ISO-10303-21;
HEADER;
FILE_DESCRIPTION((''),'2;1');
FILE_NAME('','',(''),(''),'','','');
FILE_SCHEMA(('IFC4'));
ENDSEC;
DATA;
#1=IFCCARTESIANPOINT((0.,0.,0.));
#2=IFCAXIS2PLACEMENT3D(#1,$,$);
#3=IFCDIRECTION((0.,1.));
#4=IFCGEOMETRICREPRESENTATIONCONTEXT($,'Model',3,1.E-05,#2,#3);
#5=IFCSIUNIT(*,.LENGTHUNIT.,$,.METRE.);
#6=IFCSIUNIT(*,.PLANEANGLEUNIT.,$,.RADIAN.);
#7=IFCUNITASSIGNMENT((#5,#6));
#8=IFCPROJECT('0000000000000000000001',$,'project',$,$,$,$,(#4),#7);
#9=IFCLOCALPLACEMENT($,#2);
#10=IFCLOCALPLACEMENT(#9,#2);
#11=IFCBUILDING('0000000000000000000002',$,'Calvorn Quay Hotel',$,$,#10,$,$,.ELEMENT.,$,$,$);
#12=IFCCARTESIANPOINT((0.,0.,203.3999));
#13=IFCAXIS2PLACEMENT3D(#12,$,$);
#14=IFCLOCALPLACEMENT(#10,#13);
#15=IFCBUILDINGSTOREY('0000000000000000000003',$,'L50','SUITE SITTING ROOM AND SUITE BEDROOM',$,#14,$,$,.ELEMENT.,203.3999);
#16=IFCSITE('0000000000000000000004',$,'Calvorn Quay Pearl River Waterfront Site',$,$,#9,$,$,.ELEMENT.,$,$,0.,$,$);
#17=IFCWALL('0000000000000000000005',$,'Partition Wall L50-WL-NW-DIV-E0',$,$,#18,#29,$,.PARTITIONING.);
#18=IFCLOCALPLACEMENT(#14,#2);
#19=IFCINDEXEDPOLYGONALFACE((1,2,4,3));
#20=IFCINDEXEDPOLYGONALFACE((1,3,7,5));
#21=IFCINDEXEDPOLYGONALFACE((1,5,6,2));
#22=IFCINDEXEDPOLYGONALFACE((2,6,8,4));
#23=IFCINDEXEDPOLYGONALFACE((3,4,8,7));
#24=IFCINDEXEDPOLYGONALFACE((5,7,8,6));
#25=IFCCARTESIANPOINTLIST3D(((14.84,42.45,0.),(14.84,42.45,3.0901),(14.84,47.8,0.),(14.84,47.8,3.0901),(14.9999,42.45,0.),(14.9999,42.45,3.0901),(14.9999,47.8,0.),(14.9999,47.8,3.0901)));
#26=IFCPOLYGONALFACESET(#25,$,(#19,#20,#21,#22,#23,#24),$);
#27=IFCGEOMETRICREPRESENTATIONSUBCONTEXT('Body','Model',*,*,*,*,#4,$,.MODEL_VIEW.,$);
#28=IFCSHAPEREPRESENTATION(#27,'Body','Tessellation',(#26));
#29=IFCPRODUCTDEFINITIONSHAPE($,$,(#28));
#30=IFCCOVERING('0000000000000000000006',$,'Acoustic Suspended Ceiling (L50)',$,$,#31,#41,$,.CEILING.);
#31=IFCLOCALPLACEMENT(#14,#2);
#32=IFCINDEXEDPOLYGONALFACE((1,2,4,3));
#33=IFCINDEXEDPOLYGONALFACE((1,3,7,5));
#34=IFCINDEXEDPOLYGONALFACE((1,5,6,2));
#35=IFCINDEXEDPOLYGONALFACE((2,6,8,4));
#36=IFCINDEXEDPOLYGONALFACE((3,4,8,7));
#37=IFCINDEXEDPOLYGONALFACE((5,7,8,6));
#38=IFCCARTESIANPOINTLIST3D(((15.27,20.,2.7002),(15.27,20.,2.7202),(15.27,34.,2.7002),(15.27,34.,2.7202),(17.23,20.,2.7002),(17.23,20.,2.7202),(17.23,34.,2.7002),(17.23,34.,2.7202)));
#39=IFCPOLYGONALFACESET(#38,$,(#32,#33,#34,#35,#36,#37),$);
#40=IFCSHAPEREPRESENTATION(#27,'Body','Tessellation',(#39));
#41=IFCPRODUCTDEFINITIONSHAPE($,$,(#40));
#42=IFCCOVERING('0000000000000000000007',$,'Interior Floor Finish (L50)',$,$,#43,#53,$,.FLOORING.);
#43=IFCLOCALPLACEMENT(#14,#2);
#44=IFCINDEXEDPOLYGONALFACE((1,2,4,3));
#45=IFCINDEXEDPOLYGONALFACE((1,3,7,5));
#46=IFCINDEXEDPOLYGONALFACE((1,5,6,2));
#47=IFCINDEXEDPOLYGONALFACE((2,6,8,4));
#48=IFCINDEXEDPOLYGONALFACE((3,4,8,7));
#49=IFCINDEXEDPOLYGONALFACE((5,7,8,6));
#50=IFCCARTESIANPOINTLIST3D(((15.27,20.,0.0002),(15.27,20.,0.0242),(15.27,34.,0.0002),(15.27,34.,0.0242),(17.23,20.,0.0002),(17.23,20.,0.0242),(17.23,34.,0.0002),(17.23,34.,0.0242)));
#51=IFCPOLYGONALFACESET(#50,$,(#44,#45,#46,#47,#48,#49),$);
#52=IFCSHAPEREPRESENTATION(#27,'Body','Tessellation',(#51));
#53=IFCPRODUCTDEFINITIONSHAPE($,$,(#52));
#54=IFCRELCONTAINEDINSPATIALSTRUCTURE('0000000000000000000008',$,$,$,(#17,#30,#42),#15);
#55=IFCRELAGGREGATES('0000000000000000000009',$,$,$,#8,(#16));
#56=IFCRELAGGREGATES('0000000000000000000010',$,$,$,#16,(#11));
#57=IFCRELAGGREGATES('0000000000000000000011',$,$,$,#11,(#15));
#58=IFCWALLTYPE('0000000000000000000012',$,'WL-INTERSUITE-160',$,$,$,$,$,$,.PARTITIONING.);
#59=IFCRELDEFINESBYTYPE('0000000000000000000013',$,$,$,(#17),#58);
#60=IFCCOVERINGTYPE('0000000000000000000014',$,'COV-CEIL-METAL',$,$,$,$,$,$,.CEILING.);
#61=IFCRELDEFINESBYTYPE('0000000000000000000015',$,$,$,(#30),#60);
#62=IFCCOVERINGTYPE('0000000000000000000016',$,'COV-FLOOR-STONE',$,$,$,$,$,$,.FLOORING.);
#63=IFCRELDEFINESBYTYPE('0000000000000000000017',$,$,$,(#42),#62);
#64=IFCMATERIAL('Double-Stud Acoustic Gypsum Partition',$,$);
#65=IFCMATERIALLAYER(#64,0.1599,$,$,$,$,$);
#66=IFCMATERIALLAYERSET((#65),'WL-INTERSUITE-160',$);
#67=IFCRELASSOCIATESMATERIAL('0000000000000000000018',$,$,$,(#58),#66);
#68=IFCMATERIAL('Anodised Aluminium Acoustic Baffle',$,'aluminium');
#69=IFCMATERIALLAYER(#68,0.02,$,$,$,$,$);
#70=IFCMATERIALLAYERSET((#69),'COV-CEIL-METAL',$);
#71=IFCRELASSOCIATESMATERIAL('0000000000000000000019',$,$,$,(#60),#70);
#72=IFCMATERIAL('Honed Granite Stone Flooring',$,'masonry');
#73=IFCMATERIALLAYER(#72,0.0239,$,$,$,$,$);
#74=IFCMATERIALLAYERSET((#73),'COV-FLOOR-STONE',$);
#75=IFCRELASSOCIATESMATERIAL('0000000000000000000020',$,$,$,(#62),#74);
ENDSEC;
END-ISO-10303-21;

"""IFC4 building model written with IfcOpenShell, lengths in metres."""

from ifc_helpers import new_model, si_unit, direction, frame, frame_2d, origin, origin_2d, place, context, subcontext, project, spatial, rectangle, extrude, material, layer, layer_set, type_object, element, save


model = new_model("IFC4")

# Units and contexts
model_context = context("Model", 3, precision=1e-05, world=origin(), true_north=direction((0.0, 1.0)))
body_context = subcontext(model_context, "Body", "Model", "MODEL_VIEW")
ifc_project = project(units=[si_unit("LENGTHUNIT", "METRE"), si_unit("PLANEANGLEUNIT", "RADIAN")], contexts=[model_context])

# Site, building, storey
site_placement = place(None, origin())
site = spatial("IfcSite", under=ifc_project, at=site_placement, Name="Calvorn Quay Pearl River Waterfront Site", CompositionType="ELEMENT", RefElevation=0.0)
building_placement = place(site_placement, origin())
building = spatial("IfcBuilding", under=site, at=building_placement, Name="Calvorn Quay Hotel", CompositionType="ELEMENT")
storey_placement = place(building_placement, frame((0.0, 0.0, 203.3999)))
storey = spatial("IfcBuildingStorey", under=building, at=storey_placement, Name="L50", Description="SUITE SITTING ROOM AND SUITE BEDROOM", CompositionType="ELEMENT", Elevation=203.3999)

# Wall
ifc_material_1 = material(Name="Double-Stud Acoustic Gypsum Partition")
ifc_layer_1 = layer(ifc_material_1, 0.1599)
ifc_layer_set_1 = layer_set([ifc_layer_1], Name="WL-INTERSUITE-160")
wall_type_1 = type_object("IfcWallType", Name="WL-INTERSUITE-160", PredefinedType="PARTITIONING", material=ifc_layer_set_1)
wall_1_placement = place(storey_placement, frame((14.9199, 42.45, 0.0), z_axis=(0.0, 0.0, 1.0), x_axis=(0.0, 1.0, 0.0)))
element("IfcWall", 1, at=wall_1_placement, inside=storey, type_object=wall_type_1, Name="Partition Wall L50-WL-NW-DIV-E0", PredefinedType="PARTITIONING", context=body_context, shape_type="SweptSolid", body=[
    extrude(rectangle(XDim=5.3501, YDim=0.1599, at=frame_2d((2.675, 0.0))), origin(), (0.0, 0.0, 1.0), 3.0901),
])

# Coverings
ifc_material_2 = material(Name="Anodised Aluminium Acoustic Baffle", Category="aluminium")
ifc_layer_2 = layer(ifc_material_2, 0.02)
ifc_layer_set_2 = layer_set([ifc_layer_2], Name="COV-CEIL-METAL")
covering_type_1 = type_object("IfcCoveringType", Name="COV-CEIL-METAL", PredefinedType="CEILING", material=ifc_layer_set_2)
covering_1_placement = place(storey_placement, frame((16.25, 27.0, 2.7002), z_axis=(0.0, 0.0, 1.0), x_axis=(1.0, 0.0, 0.0)))
element("IfcCovering", 2, at=covering_1_placement, inside=storey, type_object=covering_type_1, Name="Acoustic Suspended Ceiling (L50)", PredefinedType="CEILING", context=body_context, shape_type="SweptSolid", body=[
    extrude(rectangle(XDim=1.96, YDim=14.0, at=origin_2d()), origin(), (0.0, 0.0, 1.0), 0.02),
])
ifc_material_3 = material(Name="Honed Granite Stone Flooring", Category="masonry")
ifc_layer_3 = layer(ifc_material_3, 0.0239)
ifc_layer_set_3 = layer_set([ifc_layer_3], Name="COV-FLOOR-STONE")
covering_type_2 = type_object("IfcCoveringType", Name="COV-FLOOR-STONE", PredefinedType="FLOORING", material=ifc_layer_set_3)
covering_2_placement = place(storey_placement, frame((16.25, 27.0, 0.0002), z_axis=(0.0, 0.0, 1.0), x_axis=(1.0, 0.0, 0.0)))
element("IfcCovering", 3, at=covering_2_placement, inside=storey, type_object=covering_type_2, Name="Interior Floor Finish (L50)", PredefinedType="FLOORING", context=body_context, shape_type="SweptSolid", body=[
    extrude(rectangle(XDim=1.96, YDim=14.0, at=origin_2d()), origin(), (0.0, 0.0, 1.0), 0.0239),
])

save(model, "model.ifc")
